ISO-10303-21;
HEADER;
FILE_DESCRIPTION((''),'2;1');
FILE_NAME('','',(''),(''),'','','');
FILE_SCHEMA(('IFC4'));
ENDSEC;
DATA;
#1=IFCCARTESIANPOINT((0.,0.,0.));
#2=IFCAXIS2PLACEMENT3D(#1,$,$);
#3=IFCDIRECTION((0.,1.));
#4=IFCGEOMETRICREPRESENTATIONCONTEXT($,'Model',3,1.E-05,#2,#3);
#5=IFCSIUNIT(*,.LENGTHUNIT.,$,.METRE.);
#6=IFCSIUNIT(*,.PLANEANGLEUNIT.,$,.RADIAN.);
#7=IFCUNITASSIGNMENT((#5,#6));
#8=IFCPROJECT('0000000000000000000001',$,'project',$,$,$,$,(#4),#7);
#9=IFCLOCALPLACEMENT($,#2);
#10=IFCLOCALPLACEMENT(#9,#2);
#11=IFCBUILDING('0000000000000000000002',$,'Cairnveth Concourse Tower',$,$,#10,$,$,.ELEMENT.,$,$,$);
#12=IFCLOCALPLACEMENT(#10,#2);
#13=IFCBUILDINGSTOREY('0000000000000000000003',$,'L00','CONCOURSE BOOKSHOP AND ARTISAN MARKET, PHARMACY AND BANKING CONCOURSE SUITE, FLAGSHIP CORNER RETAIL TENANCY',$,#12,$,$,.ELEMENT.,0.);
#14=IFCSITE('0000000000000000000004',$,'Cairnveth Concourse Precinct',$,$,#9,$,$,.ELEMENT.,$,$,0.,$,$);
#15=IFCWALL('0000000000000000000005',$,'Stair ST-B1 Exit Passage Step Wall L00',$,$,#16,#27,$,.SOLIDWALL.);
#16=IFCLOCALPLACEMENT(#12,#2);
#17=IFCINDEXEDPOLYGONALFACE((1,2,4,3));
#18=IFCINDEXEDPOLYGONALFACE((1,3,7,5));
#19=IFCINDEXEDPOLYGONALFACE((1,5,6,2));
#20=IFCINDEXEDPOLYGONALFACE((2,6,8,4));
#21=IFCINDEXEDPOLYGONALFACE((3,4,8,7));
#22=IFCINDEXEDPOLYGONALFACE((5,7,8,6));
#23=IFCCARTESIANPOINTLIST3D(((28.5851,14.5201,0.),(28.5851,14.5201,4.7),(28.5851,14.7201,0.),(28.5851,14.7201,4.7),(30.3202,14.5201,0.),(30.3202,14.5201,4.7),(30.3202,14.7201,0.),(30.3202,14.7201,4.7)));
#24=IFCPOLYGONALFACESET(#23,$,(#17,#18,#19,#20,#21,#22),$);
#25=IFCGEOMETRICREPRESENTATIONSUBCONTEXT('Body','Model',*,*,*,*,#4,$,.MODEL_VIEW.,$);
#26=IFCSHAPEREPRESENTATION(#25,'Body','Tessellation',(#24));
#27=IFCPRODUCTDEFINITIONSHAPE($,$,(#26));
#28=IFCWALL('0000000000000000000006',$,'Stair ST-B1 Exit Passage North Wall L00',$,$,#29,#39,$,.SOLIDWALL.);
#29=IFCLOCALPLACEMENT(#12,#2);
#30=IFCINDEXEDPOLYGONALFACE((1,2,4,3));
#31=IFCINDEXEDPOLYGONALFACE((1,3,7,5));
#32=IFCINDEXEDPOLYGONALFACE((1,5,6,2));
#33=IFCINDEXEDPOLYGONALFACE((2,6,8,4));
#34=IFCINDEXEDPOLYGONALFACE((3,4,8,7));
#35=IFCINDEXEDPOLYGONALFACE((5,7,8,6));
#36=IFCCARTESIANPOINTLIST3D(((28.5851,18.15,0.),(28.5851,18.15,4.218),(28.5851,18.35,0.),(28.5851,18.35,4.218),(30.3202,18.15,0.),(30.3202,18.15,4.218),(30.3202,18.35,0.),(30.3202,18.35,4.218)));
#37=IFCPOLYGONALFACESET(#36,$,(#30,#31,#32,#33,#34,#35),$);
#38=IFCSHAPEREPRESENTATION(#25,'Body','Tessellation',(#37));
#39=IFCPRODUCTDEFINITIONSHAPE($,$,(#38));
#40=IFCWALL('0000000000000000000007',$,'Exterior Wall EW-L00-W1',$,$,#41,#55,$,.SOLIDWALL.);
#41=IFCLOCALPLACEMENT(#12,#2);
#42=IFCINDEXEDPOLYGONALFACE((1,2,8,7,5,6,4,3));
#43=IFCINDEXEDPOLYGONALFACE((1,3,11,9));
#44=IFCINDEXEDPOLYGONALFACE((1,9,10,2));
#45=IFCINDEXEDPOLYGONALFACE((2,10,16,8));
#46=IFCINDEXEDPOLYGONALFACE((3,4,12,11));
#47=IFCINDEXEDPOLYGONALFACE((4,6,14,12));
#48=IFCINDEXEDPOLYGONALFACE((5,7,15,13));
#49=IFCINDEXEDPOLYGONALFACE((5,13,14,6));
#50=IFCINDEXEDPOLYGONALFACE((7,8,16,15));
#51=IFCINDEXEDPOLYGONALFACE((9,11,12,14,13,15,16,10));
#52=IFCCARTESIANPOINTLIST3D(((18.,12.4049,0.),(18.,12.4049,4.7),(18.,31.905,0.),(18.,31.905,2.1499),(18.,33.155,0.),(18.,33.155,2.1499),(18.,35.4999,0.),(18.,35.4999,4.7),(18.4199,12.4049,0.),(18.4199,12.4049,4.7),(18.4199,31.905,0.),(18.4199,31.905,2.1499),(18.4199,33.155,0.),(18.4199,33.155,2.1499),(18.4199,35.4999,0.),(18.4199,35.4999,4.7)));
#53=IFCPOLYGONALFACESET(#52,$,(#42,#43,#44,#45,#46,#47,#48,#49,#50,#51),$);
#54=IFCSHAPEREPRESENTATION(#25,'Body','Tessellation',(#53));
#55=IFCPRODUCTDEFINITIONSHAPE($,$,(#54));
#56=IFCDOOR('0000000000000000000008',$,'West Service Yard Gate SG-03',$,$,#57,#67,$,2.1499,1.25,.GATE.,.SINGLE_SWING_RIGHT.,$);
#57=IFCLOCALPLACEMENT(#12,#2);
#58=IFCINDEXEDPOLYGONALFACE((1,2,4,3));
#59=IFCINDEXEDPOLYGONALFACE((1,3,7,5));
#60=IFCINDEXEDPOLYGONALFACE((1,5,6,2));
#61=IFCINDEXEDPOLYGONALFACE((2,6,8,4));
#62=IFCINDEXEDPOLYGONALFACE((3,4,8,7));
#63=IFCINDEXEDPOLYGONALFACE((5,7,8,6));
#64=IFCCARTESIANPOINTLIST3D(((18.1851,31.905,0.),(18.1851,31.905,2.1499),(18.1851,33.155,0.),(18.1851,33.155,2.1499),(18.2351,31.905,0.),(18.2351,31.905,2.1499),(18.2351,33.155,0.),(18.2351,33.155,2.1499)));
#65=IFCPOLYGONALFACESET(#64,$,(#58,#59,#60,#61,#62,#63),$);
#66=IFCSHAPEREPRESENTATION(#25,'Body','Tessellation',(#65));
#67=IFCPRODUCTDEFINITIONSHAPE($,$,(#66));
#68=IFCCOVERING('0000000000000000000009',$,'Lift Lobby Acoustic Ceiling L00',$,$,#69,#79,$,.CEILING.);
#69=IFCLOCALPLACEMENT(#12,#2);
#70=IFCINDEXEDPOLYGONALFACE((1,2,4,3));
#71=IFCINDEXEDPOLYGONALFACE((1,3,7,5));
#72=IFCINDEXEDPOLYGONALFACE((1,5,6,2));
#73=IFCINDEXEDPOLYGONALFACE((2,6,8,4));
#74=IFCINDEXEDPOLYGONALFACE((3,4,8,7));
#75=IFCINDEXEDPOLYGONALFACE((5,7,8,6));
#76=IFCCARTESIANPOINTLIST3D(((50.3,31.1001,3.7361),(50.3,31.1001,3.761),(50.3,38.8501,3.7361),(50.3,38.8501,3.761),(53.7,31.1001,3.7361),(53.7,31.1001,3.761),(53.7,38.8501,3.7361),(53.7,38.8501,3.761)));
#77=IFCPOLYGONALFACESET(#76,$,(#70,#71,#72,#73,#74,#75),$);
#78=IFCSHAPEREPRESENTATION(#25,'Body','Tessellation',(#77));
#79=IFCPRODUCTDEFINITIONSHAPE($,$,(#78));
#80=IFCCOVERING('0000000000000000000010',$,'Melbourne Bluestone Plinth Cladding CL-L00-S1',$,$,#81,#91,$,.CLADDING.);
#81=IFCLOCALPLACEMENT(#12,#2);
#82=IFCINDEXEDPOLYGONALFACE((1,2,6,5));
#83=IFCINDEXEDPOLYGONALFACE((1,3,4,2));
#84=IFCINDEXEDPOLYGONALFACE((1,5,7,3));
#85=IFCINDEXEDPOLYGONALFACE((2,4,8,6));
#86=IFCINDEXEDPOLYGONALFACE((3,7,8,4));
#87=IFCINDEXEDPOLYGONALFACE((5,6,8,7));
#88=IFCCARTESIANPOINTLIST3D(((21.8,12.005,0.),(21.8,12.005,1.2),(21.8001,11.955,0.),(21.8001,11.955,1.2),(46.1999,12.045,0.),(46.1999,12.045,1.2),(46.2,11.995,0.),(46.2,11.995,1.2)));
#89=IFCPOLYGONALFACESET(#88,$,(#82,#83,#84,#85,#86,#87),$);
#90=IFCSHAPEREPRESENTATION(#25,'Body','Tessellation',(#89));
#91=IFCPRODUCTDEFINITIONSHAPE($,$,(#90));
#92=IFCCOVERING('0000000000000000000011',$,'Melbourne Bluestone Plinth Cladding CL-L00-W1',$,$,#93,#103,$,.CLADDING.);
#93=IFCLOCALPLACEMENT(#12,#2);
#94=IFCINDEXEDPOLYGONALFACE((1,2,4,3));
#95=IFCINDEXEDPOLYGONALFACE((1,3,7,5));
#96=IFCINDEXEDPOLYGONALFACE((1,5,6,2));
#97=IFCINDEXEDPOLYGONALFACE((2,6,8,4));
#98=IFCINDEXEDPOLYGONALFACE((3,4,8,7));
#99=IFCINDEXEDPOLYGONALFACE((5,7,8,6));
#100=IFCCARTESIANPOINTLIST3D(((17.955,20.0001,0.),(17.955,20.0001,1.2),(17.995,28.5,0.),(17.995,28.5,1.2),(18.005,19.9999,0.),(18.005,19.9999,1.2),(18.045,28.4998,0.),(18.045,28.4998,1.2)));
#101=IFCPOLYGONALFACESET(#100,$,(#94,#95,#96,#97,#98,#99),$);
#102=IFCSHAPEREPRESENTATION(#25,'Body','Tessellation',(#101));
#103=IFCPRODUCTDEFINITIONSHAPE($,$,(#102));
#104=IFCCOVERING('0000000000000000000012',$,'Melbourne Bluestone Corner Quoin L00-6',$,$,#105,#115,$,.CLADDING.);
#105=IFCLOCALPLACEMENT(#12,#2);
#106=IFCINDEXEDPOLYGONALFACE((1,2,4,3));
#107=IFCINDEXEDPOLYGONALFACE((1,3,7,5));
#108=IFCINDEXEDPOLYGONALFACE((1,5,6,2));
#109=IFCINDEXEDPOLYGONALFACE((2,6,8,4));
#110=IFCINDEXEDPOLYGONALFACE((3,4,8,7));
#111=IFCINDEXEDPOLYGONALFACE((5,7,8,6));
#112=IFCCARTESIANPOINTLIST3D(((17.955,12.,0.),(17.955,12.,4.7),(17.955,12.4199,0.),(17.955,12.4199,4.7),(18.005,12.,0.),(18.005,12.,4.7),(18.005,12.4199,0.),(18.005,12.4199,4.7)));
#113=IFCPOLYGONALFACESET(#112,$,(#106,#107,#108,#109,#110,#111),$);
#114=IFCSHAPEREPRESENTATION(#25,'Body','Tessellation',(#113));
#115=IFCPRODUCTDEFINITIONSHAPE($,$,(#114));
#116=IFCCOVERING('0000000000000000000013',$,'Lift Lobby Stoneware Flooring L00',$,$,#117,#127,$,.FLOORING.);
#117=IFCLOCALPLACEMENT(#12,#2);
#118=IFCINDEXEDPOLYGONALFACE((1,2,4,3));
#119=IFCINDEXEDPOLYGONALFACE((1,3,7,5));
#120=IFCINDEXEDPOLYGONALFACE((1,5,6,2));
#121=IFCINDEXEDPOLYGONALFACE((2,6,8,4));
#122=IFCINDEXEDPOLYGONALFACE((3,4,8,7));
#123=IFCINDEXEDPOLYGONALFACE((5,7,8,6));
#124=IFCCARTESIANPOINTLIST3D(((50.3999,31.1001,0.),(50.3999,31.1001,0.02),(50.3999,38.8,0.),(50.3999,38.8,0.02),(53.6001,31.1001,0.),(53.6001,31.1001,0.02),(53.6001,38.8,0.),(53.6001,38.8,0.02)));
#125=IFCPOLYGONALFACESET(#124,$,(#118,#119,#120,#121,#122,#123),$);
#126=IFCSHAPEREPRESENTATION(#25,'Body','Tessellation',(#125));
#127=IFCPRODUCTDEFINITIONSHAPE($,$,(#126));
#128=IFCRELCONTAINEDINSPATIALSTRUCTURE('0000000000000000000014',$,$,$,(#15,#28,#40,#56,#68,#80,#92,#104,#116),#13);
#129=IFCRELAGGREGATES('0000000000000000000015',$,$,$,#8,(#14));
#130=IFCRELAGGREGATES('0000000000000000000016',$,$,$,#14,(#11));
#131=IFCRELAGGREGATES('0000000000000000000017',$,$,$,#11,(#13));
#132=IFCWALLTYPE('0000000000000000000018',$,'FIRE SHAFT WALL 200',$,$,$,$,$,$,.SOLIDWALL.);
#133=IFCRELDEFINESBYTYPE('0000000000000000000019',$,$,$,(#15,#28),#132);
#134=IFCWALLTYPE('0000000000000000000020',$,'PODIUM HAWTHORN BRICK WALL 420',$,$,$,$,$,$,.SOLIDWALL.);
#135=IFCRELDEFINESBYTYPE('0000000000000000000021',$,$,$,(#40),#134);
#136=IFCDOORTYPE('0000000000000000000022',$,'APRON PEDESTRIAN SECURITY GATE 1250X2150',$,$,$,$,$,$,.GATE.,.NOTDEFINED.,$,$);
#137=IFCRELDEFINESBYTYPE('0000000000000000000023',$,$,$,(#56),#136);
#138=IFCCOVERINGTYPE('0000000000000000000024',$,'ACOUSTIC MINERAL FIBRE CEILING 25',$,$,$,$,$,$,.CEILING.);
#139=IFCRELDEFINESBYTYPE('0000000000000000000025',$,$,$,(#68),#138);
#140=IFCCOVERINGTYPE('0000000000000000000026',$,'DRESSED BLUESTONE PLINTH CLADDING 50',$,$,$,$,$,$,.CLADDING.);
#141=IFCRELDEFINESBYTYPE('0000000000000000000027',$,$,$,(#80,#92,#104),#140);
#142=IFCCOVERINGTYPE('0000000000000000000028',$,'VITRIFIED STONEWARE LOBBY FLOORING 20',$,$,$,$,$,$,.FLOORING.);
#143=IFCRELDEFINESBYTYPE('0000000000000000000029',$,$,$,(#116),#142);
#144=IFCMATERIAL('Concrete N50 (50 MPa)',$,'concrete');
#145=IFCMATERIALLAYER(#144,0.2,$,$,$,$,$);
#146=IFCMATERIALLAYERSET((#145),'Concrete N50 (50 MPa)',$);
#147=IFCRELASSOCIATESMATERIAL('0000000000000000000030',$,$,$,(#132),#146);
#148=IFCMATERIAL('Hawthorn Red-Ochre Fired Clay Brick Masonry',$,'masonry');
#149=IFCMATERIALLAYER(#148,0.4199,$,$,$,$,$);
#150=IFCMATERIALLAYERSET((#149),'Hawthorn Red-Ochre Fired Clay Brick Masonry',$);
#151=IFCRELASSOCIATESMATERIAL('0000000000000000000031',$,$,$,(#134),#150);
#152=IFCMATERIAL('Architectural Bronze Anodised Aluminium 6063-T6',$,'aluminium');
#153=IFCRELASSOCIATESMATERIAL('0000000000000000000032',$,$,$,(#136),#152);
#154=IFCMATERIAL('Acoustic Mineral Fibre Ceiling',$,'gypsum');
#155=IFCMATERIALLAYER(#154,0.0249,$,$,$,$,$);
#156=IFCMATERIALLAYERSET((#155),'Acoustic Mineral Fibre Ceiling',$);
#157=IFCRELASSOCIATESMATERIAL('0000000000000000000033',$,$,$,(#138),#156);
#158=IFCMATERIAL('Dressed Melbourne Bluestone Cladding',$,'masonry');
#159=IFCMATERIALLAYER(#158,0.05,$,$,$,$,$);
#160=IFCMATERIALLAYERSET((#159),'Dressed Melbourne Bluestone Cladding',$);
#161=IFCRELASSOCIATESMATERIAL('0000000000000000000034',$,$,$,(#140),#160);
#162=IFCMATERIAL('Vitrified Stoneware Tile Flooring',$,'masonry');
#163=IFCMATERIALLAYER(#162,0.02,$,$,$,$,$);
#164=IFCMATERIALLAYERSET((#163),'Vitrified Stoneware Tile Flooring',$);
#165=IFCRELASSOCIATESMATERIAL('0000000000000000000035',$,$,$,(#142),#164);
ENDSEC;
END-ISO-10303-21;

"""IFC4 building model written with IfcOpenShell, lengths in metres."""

from ifc_helpers import new_model, si_unit, direction, frame, frame_2d, origin, place, context, subcontext, project, spatial, polyline, rectangle, outline, extrude, material, layer, layer_set, type_object, element, fill, save


model = new_model("IFC4")

# Units and contexts
model_context = context("Model", 3, precision=1e-05, world=origin(), true_north=direction((0.0, 1.0)))
body_context = subcontext(model_context, "Body", "Model", "MODEL_VIEW")
ifc_project = project(units=[si_unit("LENGTHUNIT", "METRE"), si_unit("PLANEANGLEUNIT", "RADIAN")], contexts=[model_context])

# Site, building, storey
site_placement = place(None, origin())
site = spatial("IfcSite", under=ifc_project, at=site_placement, Name="Cairnveth Concourse Precinct", CompositionType="ELEMENT", RefElevation=0.0)
building_placement = place(site_placement, origin())
building = spatial("IfcBuilding", under=site, at=building_placement, Name="Cairnveth Concourse Tower", CompositionType="ELEMENT")
storey_placement = place(building_placement, origin())
storey = spatial("IfcBuildingStorey", under=building, at=storey_placement, Name="L00", Description="CONCOURSE BOOKSHOP AND ARTISAN MARKET, PHARMACY AND BANKING CONCOURSE SUITE, FLAGSHIP CORNER RETAIL TENANCY", CompositionType="ELEMENT", Elevation=0.0)

# Shared definitions
ifc_material_1 = material(Name="Concrete N50 (50 MPa)", Category="concrete")

# Walls
ifc_layer_1 = layer(ifc_material_1, 0.2)
ifc_layer_set_1 = layer_set([ifc_layer_1], Name="Concrete N50 (50 MPa)")
wall_type_1 = type_object("IfcWallType", Name="FIRE SHAFT WALL 200", PredefinedType="SOLIDWALL", material=ifc_layer_set_1)
wall_1_placement = place(storey_placement, frame((28.585, 14.6201, 0.0), z_axis=(0.0, 0.0, 1.0), x_axis=(1.0, 0.0, 0.0)))
element("IfcWall", 1, at=wall_1_placement, inside=storey, type_object=wall_type_1, Name="Stair ST-B1 Exit Passage Step Wall L00", PredefinedType="SOLIDWALL", context=body_context, shape_type="SweptSolid", body=[
    extrude(rectangle(XDim=1.7351, YDim=0.2, at=frame_2d((0.8677, 0.0))), origin(), (0.0, 0.0, 1.0), 4.7),
])
wall_2_placement = place(storey_placement, frame((28.585, 18.25, 0.0), z_axis=(0.0, 0.0, 1.0), x_axis=(1.0, 0.0, 0.0)))
element("IfcWall", 2, at=wall_2_placement, inside=storey, type_object=wall_type_1, Name="Stair ST-B1 Exit Passage North Wall L00", PredefinedType="SOLIDWALL", context=body_context, shape_type="SweptSolid", body=[
    extrude(rectangle(XDim=1.7351, YDim=0.2, at=frame_2d((0.8677, 0.0))), origin(), (0.0, 0.0, 1.0), 4.218),
])

# Wall, opening, door
ifc_material_2 = material(Name="Hawthorn Red-Ochre Fired Clay Brick Masonry", Category="masonry")
ifc_layer_2 = layer(ifc_material_2, 0.4199)
ifc_layer_set_2 = layer_set([ifc_layer_2], Name="Hawthorn Red-Ochre Fired Clay Brick Masonry")
wall_type_2 = type_object("IfcWallType", Name="PODIUM HAWTHORN BRICK WALL 420", PredefinedType="SOLIDWALL", material=ifc_layer_set_2)
wall_3_placement = place(storey_placement, frame((18.21, 12.405, 0.0), z_axis=(0.0, 0.0, 1.0), x_axis=(0.0, 1.0, 0.0)))
wall_3 = element("IfcWall", 3, at=wall_3_placement, inside=storey, type_object=wall_type_2, Name="Exterior Wall EW-L00-W1", PredefinedType="SOLIDWALL", context=body_context, shape_type="SweptSolid", body=[
    extrude(rectangle(XDim=23.095, YDim=0.4199, at=frame_2d((11.5474, 0.0))), origin(), (0.0, 0.0, 1.0), 4.7),
])
opening_placement = place(wall_3_placement, frame((19.5, 0.0, 0.0)))
opening = element("IfcOpeningElement", 4, at=opening_placement, cuts=wall_3, PredefinedType="OPENING", context=body_context, shape_type="SweptSolid", body=[
    extrude(rectangle(XDim=1.25, YDim=2.1499, at=frame_2d((0.625, 1.075))), frame((0.0, 0.22, 0.0), z_axis=(0.0, -1.0, 0.0), x_axis=(1.0, 0.0, 0.0)), (0.0, 0.0, 1.0), 0.4399),
])
ifc_material_3 = material(Name="Architectural Bronze Anodised Aluminium 6063-T6", Category="aluminium")
door_type = type_object("IfcDoorType", Name="APRON PEDESTRIAN SECURITY GATE 1250X2150", OperationType="NOTDEFINED", PredefinedType="GATE", material=ifc_material_3)
door_placement = place(opening_placement, origin())
door = element("IfcDoor", 5, at=door_placement, inside=storey, type_object=door_type, Name="West Service Yard Gate SG-03", OperationType="SINGLE_SWING_RIGHT", OverallHeight=2.1499, OverallWidth=1.25, PredefinedType="GATE", context=body_context, shape_type="SweptSolid", body=[
    extrude(rectangle(XDim=1.25, YDim=2.1499, at=frame_2d((0.625, 1.075))), frame((0.0, 0.0249, 0.0), z_axis=(0.0, -1.0, 0.0), x_axis=(1.0, 0.0, 0.0)), (0.0, 0.0, 1.0), 0.05),
])
fill(opening, door)

# Coverings
ifc_material_4 = material(Name="Acoustic Mineral Fibre Ceiling", Category="gypsum")
ifc_layer_3 = layer(ifc_material_4, 0.0249)
ifc_layer_set_3 = layer_set([ifc_layer_3], Name="Acoustic Mineral Fibre Ceiling")
covering_type_1 = type_object("IfcCoveringType", Name="ACOUSTIC MINERAL FIBRE CEILING 25", PredefinedType="CEILING", material=ifc_layer_set_3)
covering_1_placement = place(storey_placement, frame((0.0, 0.0, 3.7361)))
element("IfcCovering", 6, at=covering_1_placement, inside=storey, type_object=covering_type_1, Name="Lift Lobby Acoustic Ceiling L00", PredefinedType="CEILING", context=body_context, shape_type="SweptSolid", body=[
    extrude(outline(polyline([(50.3, 31.1001), (53.7, 31.1001), (53.7, 38.8501), (50.3, 38.8501), (50.3, 31.1001)])), origin(), (0.0, 0.0, 1.0), 0.0249),
])
ifc_material_5 = material(Name="Dressed Melbourne Bluestone Cladding", Category="masonry")
ifc_layer_4 = layer(ifc_material_5, 0.05)
ifc_layer_set_4 = layer_set([ifc_layer_4], Name="Dressed Melbourne Bluestone Cladding")
covering_type_2 = type_object("IfcCoveringType", Name="DRESSED BLUESTONE PLINTH CLADDING 50", PredefinedType="CLADDING", material=ifc_layer_set_4)
covering_2_placement = place(storey_placement, frame((21.8, 11.98, 0.0), z_axis=(0.0, 0.0, 1.0), x_axis=(0.999999, 0.001641, 0.0)))
element("IfcCovering", 7, at=covering_2_placement, inside=storey, type_object=covering_type_2, Name="Melbourne Bluestone Plinth Cladding CL-L00-S1", PredefinedType="CLADDING", context=body_context, shape_type="SweptSolid", body=[
    extrude(rectangle(XDim=24.3999, YDim=0.05, at=frame_2d((12.2, 0.0))), origin(), (0.0, 0.0, 1.0), 1.2),
])
covering_3_placement = place(storey_placement, frame((17.98, 20.0, 0.0), z_axis=(0.0, 0.0, 1.0), x_axis=(0.00471, 0.999989, 0.0)))
element("IfcCovering", 8, at=covering_3_placement, inside=storey, type_object=covering_type_2, Name="Melbourne Bluestone Plinth Cladding CL-L00-W1", PredefinedType="CLADDING", context=body_context, shape_type="SweptSolid", body=[
    extrude(rectangle(XDim=8.5, YDim=0.05, at=frame_2d((4.25, 0.0))), origin(), (0.0, 0.0, 1.0), 1.2),
])
covering_4_placement = place(storey_placement, frame((17.98, 12.4199, 0.0), z_axis=(0.0, 0.0, 1.0), x_axis=(0.0, -1.0, 0.0)))
element("IfcCovering", 9, at=covering_4_placement, inside=storey, type_object=covering_type_2, Name="Melbourne Bluestone Corner Quoin L00-6", PredefinedType="CLADDING", context=body_context, shape_type="SweptSolid", body=[
    extrude(rectangle(XDim=0.4199, YDim=0.05, at=frame_2d((0.21, 0.0))), origin(), (0.0, 0.0, 1.0), 4.7),
])
ifc_material_6 = material(Name="Vitrified Stoneware Tile Flooring", Category="masonry")
ifc_layer_5 = layer(ifc_material_6, 0.02)
ifc_layer_set_5 = layer_set([ifc_layer_5], Name="Vitrified Stoneware Tile Flooring")
covering_type_3 = type_object("IfcCoveringType", Name="VITRIFIED STONEWARE LOBBY FLOORING 20", PredefinedType="FLOORING", material=ifc_layer_set_5)
covering_5_placement = place(storey_placement, origin())
element("IfcCovering", 10, at=covering_5_placement, inside=storey, type_object=covering_type_3, Name="Lift Lobby Stoneware Flooring L00", PredefinedType="FLOORING", context=body_context, shape_type="SweptSolid", body=[
    extrude(outline(polyline([(50.3999, 31.1001), (53.6001, 31.1001), (53.6001, 38.8), (50.3999, 38.8), (50.3999, 31.1001)])), origin(), (0.0, 0.0, 1.0), 0.02),
])

save(model, "model.ifc")
